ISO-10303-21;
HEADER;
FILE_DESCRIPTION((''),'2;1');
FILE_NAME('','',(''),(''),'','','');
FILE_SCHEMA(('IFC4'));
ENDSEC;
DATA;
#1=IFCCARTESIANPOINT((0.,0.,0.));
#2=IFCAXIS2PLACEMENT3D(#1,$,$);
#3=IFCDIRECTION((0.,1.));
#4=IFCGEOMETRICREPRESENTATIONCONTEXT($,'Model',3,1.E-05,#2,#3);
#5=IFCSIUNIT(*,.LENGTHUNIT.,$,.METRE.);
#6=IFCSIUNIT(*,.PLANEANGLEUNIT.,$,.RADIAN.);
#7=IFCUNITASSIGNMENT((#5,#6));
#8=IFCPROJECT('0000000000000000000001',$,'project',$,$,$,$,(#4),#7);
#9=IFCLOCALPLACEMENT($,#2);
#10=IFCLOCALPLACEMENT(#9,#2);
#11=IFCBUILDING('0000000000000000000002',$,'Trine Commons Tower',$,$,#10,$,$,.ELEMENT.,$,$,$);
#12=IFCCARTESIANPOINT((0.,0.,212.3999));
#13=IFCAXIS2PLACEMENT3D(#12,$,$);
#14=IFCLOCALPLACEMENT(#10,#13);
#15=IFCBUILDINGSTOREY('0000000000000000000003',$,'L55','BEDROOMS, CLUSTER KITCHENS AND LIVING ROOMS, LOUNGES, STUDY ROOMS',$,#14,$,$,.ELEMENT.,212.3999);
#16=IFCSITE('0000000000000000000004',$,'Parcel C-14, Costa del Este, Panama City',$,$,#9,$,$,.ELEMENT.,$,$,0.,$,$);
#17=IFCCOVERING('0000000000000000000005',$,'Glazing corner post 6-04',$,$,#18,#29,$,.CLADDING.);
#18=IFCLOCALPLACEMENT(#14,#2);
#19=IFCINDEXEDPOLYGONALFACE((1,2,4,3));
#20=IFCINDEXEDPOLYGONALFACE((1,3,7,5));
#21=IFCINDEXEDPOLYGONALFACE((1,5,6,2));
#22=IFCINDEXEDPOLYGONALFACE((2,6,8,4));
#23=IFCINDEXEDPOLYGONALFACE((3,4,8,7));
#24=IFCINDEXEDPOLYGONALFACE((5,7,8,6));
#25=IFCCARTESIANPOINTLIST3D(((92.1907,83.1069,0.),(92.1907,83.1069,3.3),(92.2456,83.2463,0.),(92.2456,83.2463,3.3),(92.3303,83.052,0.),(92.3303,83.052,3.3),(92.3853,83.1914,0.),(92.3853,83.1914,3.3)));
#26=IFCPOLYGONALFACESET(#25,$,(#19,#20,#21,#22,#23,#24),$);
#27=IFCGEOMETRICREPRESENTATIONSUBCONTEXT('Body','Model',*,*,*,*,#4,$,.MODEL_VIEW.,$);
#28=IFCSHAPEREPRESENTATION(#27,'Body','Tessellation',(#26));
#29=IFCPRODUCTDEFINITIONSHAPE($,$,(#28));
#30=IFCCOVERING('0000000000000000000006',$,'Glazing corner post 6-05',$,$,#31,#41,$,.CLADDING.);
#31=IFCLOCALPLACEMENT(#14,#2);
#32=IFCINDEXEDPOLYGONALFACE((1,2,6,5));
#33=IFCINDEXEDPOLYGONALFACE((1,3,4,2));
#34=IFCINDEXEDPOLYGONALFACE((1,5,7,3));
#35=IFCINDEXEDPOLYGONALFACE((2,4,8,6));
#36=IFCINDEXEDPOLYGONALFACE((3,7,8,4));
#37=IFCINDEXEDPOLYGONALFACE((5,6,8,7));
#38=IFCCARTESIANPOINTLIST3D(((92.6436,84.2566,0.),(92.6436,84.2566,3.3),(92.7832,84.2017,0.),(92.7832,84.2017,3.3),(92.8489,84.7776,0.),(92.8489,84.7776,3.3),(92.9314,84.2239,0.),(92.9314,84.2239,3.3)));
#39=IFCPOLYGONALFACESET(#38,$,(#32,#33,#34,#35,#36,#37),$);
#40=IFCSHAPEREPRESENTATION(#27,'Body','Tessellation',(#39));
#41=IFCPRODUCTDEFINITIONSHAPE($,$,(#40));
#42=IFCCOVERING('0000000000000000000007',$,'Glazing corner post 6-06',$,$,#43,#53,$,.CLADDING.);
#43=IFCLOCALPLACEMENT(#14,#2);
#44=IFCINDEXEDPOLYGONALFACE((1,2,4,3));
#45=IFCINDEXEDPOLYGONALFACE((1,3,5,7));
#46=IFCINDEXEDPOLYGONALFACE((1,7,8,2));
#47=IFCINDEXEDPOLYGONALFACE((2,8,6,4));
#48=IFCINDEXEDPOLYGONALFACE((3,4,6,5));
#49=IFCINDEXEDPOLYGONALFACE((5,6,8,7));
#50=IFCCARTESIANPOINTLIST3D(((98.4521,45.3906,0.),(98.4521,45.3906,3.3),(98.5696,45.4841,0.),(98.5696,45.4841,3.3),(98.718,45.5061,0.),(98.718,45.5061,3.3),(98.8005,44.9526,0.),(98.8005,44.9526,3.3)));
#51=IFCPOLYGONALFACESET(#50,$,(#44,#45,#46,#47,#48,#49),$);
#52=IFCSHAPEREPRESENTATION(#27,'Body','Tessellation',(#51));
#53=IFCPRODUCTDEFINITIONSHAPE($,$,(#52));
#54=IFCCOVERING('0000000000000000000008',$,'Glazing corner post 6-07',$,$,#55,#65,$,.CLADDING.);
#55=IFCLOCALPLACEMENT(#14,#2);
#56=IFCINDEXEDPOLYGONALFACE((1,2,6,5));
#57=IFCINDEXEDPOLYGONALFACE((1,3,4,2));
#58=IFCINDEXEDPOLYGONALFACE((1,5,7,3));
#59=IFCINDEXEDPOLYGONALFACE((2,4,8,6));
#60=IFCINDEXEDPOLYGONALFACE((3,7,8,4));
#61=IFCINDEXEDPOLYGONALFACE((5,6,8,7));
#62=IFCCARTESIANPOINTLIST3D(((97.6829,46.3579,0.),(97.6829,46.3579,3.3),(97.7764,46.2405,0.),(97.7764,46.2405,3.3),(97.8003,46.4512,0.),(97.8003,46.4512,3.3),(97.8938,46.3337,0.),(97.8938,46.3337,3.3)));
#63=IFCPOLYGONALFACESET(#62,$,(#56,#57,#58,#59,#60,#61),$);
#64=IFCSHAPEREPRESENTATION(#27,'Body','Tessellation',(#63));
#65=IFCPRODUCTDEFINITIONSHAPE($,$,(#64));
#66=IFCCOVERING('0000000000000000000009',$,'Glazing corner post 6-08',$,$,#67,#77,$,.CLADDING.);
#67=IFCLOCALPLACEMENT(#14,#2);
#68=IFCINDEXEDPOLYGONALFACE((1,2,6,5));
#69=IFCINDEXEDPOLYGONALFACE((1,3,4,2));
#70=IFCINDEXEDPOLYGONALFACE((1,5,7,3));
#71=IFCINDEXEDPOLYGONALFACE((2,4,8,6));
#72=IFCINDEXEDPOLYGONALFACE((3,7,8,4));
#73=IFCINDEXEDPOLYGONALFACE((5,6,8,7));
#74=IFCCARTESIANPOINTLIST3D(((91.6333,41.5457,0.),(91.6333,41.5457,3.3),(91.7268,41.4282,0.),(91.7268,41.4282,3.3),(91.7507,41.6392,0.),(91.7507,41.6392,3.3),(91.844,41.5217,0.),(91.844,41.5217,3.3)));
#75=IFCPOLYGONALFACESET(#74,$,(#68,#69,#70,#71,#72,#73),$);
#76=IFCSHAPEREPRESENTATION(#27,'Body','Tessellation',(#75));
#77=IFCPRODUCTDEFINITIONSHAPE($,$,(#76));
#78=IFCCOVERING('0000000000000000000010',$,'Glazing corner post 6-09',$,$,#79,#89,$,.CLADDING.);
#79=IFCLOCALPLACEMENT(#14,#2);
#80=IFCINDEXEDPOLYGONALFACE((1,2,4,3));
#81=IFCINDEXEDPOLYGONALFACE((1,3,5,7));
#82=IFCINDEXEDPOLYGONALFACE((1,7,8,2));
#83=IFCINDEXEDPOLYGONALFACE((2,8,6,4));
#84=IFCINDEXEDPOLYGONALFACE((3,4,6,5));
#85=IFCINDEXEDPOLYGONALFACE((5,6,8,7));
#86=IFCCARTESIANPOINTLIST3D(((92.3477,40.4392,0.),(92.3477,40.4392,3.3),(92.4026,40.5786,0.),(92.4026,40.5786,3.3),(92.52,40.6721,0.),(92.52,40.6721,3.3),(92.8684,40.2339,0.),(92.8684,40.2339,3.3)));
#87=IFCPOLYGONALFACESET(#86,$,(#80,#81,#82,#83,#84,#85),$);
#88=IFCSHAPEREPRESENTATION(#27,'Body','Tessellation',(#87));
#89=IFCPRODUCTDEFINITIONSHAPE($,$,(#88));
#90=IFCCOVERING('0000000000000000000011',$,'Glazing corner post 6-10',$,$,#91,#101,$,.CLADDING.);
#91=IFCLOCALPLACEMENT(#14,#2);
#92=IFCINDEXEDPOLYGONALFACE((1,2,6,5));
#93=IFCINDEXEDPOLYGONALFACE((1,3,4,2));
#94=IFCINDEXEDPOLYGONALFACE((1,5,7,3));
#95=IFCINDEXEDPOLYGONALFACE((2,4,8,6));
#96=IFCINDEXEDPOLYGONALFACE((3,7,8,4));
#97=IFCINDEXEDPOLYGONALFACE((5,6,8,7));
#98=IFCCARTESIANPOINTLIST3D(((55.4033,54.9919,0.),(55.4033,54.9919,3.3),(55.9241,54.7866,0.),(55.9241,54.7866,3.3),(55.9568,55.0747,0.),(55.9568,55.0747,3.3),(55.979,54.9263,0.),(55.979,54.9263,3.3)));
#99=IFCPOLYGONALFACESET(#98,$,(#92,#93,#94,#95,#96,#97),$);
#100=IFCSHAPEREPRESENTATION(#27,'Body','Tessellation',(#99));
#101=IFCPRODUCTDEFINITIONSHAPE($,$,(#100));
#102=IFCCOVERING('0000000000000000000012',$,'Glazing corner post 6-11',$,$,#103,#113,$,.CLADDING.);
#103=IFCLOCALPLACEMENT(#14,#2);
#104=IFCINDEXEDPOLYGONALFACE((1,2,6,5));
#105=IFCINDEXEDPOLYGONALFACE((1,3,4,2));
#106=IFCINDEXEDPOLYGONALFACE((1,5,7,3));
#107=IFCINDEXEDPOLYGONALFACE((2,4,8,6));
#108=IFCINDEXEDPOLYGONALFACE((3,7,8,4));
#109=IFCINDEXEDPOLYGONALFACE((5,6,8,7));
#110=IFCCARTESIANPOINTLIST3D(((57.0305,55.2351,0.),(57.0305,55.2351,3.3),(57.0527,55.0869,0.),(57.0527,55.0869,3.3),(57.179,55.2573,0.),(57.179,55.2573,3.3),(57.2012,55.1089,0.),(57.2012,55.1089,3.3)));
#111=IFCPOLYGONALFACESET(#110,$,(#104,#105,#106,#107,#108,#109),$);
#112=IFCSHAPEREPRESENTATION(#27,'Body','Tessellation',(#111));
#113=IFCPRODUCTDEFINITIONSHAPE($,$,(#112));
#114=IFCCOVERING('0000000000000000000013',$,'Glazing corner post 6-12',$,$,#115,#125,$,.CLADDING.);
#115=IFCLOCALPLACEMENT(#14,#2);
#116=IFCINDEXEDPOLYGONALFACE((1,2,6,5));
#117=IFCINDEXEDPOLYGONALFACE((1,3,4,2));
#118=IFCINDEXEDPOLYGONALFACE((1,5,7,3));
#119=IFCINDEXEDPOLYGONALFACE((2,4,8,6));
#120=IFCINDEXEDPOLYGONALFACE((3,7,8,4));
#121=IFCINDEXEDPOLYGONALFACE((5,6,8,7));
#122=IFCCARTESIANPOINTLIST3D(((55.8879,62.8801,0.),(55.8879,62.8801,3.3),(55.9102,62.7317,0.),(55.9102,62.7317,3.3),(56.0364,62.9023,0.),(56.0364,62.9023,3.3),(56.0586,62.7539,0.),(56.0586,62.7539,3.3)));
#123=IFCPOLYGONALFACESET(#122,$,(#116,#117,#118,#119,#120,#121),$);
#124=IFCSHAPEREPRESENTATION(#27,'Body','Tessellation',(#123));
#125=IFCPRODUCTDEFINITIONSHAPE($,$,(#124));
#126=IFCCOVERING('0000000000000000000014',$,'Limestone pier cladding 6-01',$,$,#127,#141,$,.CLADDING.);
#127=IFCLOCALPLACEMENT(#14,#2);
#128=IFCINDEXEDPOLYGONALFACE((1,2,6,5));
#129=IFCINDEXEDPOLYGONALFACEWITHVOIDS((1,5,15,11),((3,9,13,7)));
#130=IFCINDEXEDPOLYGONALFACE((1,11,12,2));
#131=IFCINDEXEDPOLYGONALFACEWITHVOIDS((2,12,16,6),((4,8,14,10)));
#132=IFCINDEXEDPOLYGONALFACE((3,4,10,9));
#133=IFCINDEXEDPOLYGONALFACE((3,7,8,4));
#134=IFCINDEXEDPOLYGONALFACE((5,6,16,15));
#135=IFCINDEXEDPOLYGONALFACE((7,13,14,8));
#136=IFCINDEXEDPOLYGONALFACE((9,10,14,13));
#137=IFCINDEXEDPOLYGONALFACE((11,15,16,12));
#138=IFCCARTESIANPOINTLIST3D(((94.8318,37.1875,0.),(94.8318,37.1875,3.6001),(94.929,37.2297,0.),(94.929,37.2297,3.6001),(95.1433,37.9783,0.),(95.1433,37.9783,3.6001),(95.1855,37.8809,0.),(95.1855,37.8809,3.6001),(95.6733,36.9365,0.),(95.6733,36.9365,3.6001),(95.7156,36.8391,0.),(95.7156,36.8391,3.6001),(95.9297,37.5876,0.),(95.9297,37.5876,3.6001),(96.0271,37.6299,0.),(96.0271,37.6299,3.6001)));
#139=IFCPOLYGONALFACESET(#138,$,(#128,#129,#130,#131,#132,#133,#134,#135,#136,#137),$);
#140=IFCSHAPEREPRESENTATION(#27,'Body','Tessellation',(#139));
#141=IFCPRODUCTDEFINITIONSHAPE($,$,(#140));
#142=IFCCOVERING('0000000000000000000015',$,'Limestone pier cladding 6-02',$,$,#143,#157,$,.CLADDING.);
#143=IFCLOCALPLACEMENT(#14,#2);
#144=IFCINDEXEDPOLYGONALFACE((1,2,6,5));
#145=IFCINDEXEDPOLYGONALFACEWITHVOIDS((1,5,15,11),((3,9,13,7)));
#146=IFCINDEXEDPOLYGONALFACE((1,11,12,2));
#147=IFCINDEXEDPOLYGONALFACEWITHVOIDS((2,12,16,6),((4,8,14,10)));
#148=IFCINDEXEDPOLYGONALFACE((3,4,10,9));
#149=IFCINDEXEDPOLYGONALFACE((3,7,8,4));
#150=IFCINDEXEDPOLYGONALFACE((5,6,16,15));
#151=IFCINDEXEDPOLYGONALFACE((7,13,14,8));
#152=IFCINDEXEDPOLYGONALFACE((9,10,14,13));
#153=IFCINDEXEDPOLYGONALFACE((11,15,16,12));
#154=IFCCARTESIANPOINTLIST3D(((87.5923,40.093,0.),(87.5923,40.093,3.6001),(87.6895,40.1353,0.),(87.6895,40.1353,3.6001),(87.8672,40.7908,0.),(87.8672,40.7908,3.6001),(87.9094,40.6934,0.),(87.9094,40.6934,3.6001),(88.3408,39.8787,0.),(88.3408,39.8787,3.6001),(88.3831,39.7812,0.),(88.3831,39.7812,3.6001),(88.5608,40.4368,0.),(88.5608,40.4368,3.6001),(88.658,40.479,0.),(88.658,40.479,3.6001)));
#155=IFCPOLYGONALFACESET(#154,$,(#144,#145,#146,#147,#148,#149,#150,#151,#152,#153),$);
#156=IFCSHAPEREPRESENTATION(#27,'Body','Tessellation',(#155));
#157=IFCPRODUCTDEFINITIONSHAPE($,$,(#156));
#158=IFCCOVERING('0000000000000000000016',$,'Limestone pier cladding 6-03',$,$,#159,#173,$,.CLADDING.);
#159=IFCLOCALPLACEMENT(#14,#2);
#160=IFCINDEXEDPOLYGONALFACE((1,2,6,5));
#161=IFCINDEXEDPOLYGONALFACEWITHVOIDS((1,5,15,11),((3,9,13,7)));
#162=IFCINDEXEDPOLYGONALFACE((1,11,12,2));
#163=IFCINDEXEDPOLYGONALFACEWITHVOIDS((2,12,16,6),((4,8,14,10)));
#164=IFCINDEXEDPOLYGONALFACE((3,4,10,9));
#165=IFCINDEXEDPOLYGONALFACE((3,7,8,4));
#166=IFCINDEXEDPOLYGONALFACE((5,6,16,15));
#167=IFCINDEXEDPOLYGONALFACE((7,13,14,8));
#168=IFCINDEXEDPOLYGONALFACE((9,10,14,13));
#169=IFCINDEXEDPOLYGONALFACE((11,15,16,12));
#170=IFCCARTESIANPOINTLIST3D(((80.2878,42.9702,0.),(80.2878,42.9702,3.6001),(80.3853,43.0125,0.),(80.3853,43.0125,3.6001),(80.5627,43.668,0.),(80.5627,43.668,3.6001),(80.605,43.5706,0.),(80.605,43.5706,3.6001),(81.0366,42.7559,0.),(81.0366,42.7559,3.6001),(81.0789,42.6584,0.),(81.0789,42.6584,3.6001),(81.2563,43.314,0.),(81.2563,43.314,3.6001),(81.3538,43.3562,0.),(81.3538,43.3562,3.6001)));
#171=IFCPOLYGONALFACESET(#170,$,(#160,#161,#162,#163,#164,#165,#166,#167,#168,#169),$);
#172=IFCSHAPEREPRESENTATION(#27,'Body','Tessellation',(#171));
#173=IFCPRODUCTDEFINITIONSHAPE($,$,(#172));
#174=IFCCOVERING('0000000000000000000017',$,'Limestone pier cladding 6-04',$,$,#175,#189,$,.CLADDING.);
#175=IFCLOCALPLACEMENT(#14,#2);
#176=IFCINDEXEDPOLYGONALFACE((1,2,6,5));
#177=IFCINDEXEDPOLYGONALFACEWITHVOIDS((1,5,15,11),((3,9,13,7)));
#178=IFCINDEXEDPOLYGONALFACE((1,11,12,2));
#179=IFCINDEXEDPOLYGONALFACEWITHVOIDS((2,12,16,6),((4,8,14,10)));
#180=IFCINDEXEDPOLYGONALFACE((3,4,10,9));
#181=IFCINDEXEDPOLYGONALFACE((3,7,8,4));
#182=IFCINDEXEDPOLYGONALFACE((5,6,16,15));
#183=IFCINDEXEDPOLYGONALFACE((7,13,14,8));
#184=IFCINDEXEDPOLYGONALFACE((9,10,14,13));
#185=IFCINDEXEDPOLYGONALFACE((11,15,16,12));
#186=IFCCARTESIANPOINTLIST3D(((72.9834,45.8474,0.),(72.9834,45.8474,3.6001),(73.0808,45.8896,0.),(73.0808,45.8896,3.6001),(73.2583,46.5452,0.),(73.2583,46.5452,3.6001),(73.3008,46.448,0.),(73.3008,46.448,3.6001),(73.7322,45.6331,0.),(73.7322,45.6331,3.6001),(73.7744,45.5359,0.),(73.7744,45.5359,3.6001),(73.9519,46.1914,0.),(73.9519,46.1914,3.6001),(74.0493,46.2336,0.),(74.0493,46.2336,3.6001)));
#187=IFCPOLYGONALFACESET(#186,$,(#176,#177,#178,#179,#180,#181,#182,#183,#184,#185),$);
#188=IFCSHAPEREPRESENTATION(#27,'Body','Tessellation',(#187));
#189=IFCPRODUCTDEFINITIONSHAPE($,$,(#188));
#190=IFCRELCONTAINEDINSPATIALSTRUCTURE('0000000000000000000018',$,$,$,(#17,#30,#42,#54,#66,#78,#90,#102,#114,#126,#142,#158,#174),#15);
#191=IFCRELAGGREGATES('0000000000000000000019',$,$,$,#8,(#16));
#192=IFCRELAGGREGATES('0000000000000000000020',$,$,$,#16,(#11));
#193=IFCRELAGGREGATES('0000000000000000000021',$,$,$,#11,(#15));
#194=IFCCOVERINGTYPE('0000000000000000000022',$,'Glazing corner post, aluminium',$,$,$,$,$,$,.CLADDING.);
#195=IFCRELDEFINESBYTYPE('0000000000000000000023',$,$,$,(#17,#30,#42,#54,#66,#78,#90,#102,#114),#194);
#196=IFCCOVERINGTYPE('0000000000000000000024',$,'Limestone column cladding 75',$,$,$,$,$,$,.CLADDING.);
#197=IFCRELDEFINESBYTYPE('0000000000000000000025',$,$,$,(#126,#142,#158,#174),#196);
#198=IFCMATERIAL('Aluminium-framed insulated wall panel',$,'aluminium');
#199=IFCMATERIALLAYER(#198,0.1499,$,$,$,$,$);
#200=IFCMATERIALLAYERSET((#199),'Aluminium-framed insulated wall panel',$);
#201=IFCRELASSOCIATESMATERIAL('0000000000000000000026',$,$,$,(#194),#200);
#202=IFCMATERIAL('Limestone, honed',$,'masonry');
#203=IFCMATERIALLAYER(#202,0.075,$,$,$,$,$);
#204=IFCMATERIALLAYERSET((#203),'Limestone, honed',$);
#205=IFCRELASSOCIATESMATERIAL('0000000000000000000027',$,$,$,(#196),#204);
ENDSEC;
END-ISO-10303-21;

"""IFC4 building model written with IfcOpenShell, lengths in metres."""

from ifc_helpers import new_model, si_unit, direction, frame, origin, place, context, subcontext, project, spatial, polyline, outline, extrude, material, layer, layer_set, type_object, element, save


model = new_model("IFC4")

# Units and contexts
model_context = context("Model", 3, precision=1e-05, world=origin(), true_north=direction((0.0, 1.0)))
body_context = subcontext(model_context, "Body", "Model", "MODEL_VIEW")
ifc_project = project(units=[si_unit("LENGTHUNIT", "METRE"), si_unit("PLANEANGLEUNIT", "RADIAN")], contexts=[model_context])

# Site, building, storey
site_placement = place(None, origin())
site = spatial("IfcSite", under=ifc_project, at=site_placement, Name="Parcel C-14, Costa del Este, Panama City", CompositionType="ELEMENT", RefElevation=0.0)
building_placement = place(site_placement, origin())
building = spatial("IfcBuilding", under=site, at=building_placement, Name="Trine Commons Tower", CompositionType="ELEMENT")
storey_placement = place(building_placement, frame((0.0, 0.0, 212.3999)))
storey = spatial("IfcBuildingStorey", under=building, at=storey_placement, Name="L55", Description="BEDROOMS, CLUSTER KITCHENS AND LIVING ROOMS, LOUNGES, STUDY ROOMS", CompositionType="ELEMENT", Elevation=212.3999)

# Coverings
ifc_material_1 = material(Name="Aluminium-framed insulated wall panel", Category="aluminium")
ifc_layer_1 = layer(ifc_material_1, 0.1499)
ifc_layer_set_1 = layer_set([ifc_layer_1], Name="Aluminium-framed insulated wall panel")
covering_type_1 = type_object("IfcCoveringType", Name="Glazing corner post, aluminium", PredefinedType="CLADDING", material=ifc_layer_set_1)
covering_1_placement = place(storey_placement, origin())
element("IfcCovering", 1, at=covering_1_placement, inside=storey, type_object=covering_type_1, Name="Glazing corner post 6-04", PredefinedType="CLADDING", context=body_context, shape_type="SweptSolid", body=[
    extrude(outline(polyline([(92.1907, 83.1069), (92.3303, 83.052), (92.3853, 83.1914), (92.2456, 83.2463), (92.1907, 83.1069)])), origin(), (0.0, 0.0, 1.0), 3.3),
])
covering_2_placement = place(storey_placement, origin())
element("IfcCovering", 2, at=covering_2_placement, inside=storey, type_object=covering_type_1, Name="Glazing corner post 6-05", PredefinedType="CLADDING", context=body_context, shape_type="SweptSolid", body=[
    extrude(outline(polyline([(92.6436, 84.2566), (92.7832, 84.2017), (92.9314, 84.2239), (92.8489, 84.7776), (92.6436, 84.2566)])), origin(), (0.0, 0.0, 1.0), 3.3),
])
covering_3_placement = place(storey_placement, origin())
element("IfcCovering", 3, at=covering_3_placement, inside=storey, type_object=covering_type_1, Name="Glazing corner post 6-06", PredefinedType="CLADDING", context=body_context, shape_type="SweptSolid", body=[
    extrude(outline(polyline([(98.4521, 45.3906), (98.8005, 44.9526), (98.718, 45.5061), (98.5696, 45.4841), (98.4521, 45.3906)])), origin(), (0.0, 0.0, 1.0), 3.3),
])
covering_4_placement = place(storey_placement, origin())
element("IfcCovering", 4, at=covering_4_placement, inside=storey, type_object=covering_type_1, Name="Glazing corner post 6-07", PredefinedType="CLADDING", context=body_context, shape_type="SweptSolid", body=[
    extrude(outline(polyline([(97.6829, 46.3579), (97.7764, 46.2405), (97.7764, 46.2405), (97.8938, 46.3337), (97.8003, 46.4512), (97.8003, 46.4512), (97.6829, 46.3579)])), origin(), (0.0, 0.0, 1.0), 3.3),
])
covering_5_placement = place(storey_placement, origin())
element("IfcCovering", 5, at=covering_5_placement, inside=storey, type_object=covering_type_1, Name="Glazing corner post 6-08", PredefinedType="CLADDING", context=body_context, shape_type="SweptSolid", body=[
    extrude(outline(polyline([(91.7268, 41.4282), (91.844, 41.5217), (91.7507, 41.6392), (91.6333, 41.5457), (91.7268, 41.4282)])), origin(), (0.0, 0.0, 1.0), 3.3),
])
covering_6_placement = place(storey_placement, origin())
element("IfcCovering", 6, at=covering_6_placement, inside=storey, type_object=covering_type_1, Name="Glazing corner post 6-09", PredefinedType="CLADDING", context=body_context, shape_type="SweptSolid", body=[
    extrude(outline(polyline([(92.3477, 40.4392), (92.8684, 40.2339), (92.52, 40.6721), (92.4026, 40.5786), (92.3477, 40.4392)])), origin(), (0.0, 0.0, 1.0), 3.3),
])
covering_7_placement = place(storey_placement, origin())
element("IfcCovering", 7, at=covering_7_placement, inside=storey, type_object=covering_type_1, Name="Glazing corner post 6-10", PredefinedType="CLADDING", context=body_context, shape_type="SweptSolid", body=[
    extrude(outline(polyline([(55.9241, 54.7866), (55.979, 54.9263), (55.9568, 55.0747), (55.4033, 54.9919), (55.9241, 54.7866)])), origin(), (0.0, 0.0, 1.0), 3.3),
])
covering_8_placement = place(storey_placement, origin())
element("IfcCovering", 8, at=covering_8_placement, inside=storey, type_object=covering_type_1, Name="Glazing corner post 6-11", PredefinedType="CLADDING", context=body_context, shape_type="SweptSolid", body=[
    extrude(outline(polyline([(57.0305, 55.2351), (57.0527, 55.0869), (57.2012, 55.1089), (57.179, 55.2573), (57.0305, 55.2351)])), origin(), (0.0, 0.0, 1.0), 3.3),
])
covering_9_placement = place(storey_placement, origin())
element("IfcCovering", 9, at=covering_9_placement, inside=storey, type_object=covering_type_1, Name="Glazing corner post 6-12", PredefinedType="CLADDING", context=body_context, shape_type="SweptSolid", body=[
    extrude(outline(polyline([(55.9102, 62.7317), (55.9102, 62.7317), (56.0586, 62.7539), (56.0364, 62.9023), (55.8879, 62.8801), (55.9102, 62.7317)])), origin(), (0.0, 0.0, 1.0), 3.3),
])
ifc_material_2 = material(Name="Limestone, honed", Category="masonry")
ifc_layer_2 = layer(ifc_material_2, 0.075)
ifc_layer_set_2 = layer_set([ifc_layer_2], Name="Limestone, honed")
covering_type_2 = type_object("IfcCoveringType", Name="Limestone column cladding 75", PredefinedType="CLADDING", material=ifc_layer_set_2)
covering_10_placement = place(storey_placement, origin())
element("IfcCovering", 10, at=covering_10_placement, inside=storey, type_object=covering_type_2, Name="Limestone pier cladding 6-01", PredefinedType="CLADDING", context=body_context, shape_type="SweptSolid", body=[
    extrude(outline(polyline([(95.1433, 37.9783), (94.8318, 37.1875), (95.7156, 36.8391), (96.0271, 37.6299), (95.1433, 37.9783)]), holes=[polyline([(95.1855, 37.8809), (94.929, 37.2297), (95.6733, 36.9365), (95.9297, 37.5876), (95.1855, 37.8809)])]), origin(), (0.0, 0.0, 1.0), 3.6001),
])
covering_11_placement = place(storey_placement, origin())
element("IfcCovering", 11, at=covering_11_placement, inside=storey, type_object=covering_type_2, Name="Limestone pier cladding 6-02", PredefinedType="CLADDING", context=body_context, shape_type="SweptSolid", body=[
    extrude(outline(polyline([(87.8672, 40.7908), (87.5923, 40.093), (88.3831, 39.7812), (88.658, 40.479), (87.8672, 40.7908)]), holes=[polyline([(87.9094, 40.6934), (87.6895, 40.1353), (88.3408, 39.8787), (88.5608, 40.4368), (87.9094, 40.6934)])]), origin(), (0.0, 0.0, 1.0), 3.6001),
])
covering_12_placement = place(storey_placement, origin())
element("IfcCovering", 12, at=covering_12_placement, inside=storey, type_object=covering_type_2, Name="Limestone pier cladding 6-03", PredefinedType="CLADDING", context=body_context, shape_type="SweptSolid", body=[
    extrude(outline(polyline([(80.5627, 43.668), (80.2878, 42.9702), (81.0789, 42.6584), (81.3538, 43.3562), (80.5627, 43.668)]), holes=[polyline([(80.605, 43.5706), (80.3853, 43.0125), (81.0366, 42.7559), (81.2563, 43.314), (80.605, 43.5706)])]), origin(), (0.0, 0.0, 1.0), 3.6001),
])
covering_13_placement = place(storey_placement, origin())
element("IfcCovering", 13, at=covering_13_placement, inside=storey, type_object=covering_type_2, Name="Limestone pier cladding 6-04", PredefinedType="CLADDING", context=body_context, shape_type="SweptSolid", body=[
    extrude(outline(polyline([(73.2583, 46.5452), (72.9834, 45.8474), (73.7744, 45.5359), (74.0493, 46.2336), (73.2583, 46.5452)]), holes=[polyline([(73.3008, 46.448), (73.0808, 45.8896), (73.7322, 45.6331), (73.9519, 46.1914), (73.3008, 46.448)])]), origin(), (0.0, 0.0, 1.0), 3.6001),
])

save(model, "model.ifc")
